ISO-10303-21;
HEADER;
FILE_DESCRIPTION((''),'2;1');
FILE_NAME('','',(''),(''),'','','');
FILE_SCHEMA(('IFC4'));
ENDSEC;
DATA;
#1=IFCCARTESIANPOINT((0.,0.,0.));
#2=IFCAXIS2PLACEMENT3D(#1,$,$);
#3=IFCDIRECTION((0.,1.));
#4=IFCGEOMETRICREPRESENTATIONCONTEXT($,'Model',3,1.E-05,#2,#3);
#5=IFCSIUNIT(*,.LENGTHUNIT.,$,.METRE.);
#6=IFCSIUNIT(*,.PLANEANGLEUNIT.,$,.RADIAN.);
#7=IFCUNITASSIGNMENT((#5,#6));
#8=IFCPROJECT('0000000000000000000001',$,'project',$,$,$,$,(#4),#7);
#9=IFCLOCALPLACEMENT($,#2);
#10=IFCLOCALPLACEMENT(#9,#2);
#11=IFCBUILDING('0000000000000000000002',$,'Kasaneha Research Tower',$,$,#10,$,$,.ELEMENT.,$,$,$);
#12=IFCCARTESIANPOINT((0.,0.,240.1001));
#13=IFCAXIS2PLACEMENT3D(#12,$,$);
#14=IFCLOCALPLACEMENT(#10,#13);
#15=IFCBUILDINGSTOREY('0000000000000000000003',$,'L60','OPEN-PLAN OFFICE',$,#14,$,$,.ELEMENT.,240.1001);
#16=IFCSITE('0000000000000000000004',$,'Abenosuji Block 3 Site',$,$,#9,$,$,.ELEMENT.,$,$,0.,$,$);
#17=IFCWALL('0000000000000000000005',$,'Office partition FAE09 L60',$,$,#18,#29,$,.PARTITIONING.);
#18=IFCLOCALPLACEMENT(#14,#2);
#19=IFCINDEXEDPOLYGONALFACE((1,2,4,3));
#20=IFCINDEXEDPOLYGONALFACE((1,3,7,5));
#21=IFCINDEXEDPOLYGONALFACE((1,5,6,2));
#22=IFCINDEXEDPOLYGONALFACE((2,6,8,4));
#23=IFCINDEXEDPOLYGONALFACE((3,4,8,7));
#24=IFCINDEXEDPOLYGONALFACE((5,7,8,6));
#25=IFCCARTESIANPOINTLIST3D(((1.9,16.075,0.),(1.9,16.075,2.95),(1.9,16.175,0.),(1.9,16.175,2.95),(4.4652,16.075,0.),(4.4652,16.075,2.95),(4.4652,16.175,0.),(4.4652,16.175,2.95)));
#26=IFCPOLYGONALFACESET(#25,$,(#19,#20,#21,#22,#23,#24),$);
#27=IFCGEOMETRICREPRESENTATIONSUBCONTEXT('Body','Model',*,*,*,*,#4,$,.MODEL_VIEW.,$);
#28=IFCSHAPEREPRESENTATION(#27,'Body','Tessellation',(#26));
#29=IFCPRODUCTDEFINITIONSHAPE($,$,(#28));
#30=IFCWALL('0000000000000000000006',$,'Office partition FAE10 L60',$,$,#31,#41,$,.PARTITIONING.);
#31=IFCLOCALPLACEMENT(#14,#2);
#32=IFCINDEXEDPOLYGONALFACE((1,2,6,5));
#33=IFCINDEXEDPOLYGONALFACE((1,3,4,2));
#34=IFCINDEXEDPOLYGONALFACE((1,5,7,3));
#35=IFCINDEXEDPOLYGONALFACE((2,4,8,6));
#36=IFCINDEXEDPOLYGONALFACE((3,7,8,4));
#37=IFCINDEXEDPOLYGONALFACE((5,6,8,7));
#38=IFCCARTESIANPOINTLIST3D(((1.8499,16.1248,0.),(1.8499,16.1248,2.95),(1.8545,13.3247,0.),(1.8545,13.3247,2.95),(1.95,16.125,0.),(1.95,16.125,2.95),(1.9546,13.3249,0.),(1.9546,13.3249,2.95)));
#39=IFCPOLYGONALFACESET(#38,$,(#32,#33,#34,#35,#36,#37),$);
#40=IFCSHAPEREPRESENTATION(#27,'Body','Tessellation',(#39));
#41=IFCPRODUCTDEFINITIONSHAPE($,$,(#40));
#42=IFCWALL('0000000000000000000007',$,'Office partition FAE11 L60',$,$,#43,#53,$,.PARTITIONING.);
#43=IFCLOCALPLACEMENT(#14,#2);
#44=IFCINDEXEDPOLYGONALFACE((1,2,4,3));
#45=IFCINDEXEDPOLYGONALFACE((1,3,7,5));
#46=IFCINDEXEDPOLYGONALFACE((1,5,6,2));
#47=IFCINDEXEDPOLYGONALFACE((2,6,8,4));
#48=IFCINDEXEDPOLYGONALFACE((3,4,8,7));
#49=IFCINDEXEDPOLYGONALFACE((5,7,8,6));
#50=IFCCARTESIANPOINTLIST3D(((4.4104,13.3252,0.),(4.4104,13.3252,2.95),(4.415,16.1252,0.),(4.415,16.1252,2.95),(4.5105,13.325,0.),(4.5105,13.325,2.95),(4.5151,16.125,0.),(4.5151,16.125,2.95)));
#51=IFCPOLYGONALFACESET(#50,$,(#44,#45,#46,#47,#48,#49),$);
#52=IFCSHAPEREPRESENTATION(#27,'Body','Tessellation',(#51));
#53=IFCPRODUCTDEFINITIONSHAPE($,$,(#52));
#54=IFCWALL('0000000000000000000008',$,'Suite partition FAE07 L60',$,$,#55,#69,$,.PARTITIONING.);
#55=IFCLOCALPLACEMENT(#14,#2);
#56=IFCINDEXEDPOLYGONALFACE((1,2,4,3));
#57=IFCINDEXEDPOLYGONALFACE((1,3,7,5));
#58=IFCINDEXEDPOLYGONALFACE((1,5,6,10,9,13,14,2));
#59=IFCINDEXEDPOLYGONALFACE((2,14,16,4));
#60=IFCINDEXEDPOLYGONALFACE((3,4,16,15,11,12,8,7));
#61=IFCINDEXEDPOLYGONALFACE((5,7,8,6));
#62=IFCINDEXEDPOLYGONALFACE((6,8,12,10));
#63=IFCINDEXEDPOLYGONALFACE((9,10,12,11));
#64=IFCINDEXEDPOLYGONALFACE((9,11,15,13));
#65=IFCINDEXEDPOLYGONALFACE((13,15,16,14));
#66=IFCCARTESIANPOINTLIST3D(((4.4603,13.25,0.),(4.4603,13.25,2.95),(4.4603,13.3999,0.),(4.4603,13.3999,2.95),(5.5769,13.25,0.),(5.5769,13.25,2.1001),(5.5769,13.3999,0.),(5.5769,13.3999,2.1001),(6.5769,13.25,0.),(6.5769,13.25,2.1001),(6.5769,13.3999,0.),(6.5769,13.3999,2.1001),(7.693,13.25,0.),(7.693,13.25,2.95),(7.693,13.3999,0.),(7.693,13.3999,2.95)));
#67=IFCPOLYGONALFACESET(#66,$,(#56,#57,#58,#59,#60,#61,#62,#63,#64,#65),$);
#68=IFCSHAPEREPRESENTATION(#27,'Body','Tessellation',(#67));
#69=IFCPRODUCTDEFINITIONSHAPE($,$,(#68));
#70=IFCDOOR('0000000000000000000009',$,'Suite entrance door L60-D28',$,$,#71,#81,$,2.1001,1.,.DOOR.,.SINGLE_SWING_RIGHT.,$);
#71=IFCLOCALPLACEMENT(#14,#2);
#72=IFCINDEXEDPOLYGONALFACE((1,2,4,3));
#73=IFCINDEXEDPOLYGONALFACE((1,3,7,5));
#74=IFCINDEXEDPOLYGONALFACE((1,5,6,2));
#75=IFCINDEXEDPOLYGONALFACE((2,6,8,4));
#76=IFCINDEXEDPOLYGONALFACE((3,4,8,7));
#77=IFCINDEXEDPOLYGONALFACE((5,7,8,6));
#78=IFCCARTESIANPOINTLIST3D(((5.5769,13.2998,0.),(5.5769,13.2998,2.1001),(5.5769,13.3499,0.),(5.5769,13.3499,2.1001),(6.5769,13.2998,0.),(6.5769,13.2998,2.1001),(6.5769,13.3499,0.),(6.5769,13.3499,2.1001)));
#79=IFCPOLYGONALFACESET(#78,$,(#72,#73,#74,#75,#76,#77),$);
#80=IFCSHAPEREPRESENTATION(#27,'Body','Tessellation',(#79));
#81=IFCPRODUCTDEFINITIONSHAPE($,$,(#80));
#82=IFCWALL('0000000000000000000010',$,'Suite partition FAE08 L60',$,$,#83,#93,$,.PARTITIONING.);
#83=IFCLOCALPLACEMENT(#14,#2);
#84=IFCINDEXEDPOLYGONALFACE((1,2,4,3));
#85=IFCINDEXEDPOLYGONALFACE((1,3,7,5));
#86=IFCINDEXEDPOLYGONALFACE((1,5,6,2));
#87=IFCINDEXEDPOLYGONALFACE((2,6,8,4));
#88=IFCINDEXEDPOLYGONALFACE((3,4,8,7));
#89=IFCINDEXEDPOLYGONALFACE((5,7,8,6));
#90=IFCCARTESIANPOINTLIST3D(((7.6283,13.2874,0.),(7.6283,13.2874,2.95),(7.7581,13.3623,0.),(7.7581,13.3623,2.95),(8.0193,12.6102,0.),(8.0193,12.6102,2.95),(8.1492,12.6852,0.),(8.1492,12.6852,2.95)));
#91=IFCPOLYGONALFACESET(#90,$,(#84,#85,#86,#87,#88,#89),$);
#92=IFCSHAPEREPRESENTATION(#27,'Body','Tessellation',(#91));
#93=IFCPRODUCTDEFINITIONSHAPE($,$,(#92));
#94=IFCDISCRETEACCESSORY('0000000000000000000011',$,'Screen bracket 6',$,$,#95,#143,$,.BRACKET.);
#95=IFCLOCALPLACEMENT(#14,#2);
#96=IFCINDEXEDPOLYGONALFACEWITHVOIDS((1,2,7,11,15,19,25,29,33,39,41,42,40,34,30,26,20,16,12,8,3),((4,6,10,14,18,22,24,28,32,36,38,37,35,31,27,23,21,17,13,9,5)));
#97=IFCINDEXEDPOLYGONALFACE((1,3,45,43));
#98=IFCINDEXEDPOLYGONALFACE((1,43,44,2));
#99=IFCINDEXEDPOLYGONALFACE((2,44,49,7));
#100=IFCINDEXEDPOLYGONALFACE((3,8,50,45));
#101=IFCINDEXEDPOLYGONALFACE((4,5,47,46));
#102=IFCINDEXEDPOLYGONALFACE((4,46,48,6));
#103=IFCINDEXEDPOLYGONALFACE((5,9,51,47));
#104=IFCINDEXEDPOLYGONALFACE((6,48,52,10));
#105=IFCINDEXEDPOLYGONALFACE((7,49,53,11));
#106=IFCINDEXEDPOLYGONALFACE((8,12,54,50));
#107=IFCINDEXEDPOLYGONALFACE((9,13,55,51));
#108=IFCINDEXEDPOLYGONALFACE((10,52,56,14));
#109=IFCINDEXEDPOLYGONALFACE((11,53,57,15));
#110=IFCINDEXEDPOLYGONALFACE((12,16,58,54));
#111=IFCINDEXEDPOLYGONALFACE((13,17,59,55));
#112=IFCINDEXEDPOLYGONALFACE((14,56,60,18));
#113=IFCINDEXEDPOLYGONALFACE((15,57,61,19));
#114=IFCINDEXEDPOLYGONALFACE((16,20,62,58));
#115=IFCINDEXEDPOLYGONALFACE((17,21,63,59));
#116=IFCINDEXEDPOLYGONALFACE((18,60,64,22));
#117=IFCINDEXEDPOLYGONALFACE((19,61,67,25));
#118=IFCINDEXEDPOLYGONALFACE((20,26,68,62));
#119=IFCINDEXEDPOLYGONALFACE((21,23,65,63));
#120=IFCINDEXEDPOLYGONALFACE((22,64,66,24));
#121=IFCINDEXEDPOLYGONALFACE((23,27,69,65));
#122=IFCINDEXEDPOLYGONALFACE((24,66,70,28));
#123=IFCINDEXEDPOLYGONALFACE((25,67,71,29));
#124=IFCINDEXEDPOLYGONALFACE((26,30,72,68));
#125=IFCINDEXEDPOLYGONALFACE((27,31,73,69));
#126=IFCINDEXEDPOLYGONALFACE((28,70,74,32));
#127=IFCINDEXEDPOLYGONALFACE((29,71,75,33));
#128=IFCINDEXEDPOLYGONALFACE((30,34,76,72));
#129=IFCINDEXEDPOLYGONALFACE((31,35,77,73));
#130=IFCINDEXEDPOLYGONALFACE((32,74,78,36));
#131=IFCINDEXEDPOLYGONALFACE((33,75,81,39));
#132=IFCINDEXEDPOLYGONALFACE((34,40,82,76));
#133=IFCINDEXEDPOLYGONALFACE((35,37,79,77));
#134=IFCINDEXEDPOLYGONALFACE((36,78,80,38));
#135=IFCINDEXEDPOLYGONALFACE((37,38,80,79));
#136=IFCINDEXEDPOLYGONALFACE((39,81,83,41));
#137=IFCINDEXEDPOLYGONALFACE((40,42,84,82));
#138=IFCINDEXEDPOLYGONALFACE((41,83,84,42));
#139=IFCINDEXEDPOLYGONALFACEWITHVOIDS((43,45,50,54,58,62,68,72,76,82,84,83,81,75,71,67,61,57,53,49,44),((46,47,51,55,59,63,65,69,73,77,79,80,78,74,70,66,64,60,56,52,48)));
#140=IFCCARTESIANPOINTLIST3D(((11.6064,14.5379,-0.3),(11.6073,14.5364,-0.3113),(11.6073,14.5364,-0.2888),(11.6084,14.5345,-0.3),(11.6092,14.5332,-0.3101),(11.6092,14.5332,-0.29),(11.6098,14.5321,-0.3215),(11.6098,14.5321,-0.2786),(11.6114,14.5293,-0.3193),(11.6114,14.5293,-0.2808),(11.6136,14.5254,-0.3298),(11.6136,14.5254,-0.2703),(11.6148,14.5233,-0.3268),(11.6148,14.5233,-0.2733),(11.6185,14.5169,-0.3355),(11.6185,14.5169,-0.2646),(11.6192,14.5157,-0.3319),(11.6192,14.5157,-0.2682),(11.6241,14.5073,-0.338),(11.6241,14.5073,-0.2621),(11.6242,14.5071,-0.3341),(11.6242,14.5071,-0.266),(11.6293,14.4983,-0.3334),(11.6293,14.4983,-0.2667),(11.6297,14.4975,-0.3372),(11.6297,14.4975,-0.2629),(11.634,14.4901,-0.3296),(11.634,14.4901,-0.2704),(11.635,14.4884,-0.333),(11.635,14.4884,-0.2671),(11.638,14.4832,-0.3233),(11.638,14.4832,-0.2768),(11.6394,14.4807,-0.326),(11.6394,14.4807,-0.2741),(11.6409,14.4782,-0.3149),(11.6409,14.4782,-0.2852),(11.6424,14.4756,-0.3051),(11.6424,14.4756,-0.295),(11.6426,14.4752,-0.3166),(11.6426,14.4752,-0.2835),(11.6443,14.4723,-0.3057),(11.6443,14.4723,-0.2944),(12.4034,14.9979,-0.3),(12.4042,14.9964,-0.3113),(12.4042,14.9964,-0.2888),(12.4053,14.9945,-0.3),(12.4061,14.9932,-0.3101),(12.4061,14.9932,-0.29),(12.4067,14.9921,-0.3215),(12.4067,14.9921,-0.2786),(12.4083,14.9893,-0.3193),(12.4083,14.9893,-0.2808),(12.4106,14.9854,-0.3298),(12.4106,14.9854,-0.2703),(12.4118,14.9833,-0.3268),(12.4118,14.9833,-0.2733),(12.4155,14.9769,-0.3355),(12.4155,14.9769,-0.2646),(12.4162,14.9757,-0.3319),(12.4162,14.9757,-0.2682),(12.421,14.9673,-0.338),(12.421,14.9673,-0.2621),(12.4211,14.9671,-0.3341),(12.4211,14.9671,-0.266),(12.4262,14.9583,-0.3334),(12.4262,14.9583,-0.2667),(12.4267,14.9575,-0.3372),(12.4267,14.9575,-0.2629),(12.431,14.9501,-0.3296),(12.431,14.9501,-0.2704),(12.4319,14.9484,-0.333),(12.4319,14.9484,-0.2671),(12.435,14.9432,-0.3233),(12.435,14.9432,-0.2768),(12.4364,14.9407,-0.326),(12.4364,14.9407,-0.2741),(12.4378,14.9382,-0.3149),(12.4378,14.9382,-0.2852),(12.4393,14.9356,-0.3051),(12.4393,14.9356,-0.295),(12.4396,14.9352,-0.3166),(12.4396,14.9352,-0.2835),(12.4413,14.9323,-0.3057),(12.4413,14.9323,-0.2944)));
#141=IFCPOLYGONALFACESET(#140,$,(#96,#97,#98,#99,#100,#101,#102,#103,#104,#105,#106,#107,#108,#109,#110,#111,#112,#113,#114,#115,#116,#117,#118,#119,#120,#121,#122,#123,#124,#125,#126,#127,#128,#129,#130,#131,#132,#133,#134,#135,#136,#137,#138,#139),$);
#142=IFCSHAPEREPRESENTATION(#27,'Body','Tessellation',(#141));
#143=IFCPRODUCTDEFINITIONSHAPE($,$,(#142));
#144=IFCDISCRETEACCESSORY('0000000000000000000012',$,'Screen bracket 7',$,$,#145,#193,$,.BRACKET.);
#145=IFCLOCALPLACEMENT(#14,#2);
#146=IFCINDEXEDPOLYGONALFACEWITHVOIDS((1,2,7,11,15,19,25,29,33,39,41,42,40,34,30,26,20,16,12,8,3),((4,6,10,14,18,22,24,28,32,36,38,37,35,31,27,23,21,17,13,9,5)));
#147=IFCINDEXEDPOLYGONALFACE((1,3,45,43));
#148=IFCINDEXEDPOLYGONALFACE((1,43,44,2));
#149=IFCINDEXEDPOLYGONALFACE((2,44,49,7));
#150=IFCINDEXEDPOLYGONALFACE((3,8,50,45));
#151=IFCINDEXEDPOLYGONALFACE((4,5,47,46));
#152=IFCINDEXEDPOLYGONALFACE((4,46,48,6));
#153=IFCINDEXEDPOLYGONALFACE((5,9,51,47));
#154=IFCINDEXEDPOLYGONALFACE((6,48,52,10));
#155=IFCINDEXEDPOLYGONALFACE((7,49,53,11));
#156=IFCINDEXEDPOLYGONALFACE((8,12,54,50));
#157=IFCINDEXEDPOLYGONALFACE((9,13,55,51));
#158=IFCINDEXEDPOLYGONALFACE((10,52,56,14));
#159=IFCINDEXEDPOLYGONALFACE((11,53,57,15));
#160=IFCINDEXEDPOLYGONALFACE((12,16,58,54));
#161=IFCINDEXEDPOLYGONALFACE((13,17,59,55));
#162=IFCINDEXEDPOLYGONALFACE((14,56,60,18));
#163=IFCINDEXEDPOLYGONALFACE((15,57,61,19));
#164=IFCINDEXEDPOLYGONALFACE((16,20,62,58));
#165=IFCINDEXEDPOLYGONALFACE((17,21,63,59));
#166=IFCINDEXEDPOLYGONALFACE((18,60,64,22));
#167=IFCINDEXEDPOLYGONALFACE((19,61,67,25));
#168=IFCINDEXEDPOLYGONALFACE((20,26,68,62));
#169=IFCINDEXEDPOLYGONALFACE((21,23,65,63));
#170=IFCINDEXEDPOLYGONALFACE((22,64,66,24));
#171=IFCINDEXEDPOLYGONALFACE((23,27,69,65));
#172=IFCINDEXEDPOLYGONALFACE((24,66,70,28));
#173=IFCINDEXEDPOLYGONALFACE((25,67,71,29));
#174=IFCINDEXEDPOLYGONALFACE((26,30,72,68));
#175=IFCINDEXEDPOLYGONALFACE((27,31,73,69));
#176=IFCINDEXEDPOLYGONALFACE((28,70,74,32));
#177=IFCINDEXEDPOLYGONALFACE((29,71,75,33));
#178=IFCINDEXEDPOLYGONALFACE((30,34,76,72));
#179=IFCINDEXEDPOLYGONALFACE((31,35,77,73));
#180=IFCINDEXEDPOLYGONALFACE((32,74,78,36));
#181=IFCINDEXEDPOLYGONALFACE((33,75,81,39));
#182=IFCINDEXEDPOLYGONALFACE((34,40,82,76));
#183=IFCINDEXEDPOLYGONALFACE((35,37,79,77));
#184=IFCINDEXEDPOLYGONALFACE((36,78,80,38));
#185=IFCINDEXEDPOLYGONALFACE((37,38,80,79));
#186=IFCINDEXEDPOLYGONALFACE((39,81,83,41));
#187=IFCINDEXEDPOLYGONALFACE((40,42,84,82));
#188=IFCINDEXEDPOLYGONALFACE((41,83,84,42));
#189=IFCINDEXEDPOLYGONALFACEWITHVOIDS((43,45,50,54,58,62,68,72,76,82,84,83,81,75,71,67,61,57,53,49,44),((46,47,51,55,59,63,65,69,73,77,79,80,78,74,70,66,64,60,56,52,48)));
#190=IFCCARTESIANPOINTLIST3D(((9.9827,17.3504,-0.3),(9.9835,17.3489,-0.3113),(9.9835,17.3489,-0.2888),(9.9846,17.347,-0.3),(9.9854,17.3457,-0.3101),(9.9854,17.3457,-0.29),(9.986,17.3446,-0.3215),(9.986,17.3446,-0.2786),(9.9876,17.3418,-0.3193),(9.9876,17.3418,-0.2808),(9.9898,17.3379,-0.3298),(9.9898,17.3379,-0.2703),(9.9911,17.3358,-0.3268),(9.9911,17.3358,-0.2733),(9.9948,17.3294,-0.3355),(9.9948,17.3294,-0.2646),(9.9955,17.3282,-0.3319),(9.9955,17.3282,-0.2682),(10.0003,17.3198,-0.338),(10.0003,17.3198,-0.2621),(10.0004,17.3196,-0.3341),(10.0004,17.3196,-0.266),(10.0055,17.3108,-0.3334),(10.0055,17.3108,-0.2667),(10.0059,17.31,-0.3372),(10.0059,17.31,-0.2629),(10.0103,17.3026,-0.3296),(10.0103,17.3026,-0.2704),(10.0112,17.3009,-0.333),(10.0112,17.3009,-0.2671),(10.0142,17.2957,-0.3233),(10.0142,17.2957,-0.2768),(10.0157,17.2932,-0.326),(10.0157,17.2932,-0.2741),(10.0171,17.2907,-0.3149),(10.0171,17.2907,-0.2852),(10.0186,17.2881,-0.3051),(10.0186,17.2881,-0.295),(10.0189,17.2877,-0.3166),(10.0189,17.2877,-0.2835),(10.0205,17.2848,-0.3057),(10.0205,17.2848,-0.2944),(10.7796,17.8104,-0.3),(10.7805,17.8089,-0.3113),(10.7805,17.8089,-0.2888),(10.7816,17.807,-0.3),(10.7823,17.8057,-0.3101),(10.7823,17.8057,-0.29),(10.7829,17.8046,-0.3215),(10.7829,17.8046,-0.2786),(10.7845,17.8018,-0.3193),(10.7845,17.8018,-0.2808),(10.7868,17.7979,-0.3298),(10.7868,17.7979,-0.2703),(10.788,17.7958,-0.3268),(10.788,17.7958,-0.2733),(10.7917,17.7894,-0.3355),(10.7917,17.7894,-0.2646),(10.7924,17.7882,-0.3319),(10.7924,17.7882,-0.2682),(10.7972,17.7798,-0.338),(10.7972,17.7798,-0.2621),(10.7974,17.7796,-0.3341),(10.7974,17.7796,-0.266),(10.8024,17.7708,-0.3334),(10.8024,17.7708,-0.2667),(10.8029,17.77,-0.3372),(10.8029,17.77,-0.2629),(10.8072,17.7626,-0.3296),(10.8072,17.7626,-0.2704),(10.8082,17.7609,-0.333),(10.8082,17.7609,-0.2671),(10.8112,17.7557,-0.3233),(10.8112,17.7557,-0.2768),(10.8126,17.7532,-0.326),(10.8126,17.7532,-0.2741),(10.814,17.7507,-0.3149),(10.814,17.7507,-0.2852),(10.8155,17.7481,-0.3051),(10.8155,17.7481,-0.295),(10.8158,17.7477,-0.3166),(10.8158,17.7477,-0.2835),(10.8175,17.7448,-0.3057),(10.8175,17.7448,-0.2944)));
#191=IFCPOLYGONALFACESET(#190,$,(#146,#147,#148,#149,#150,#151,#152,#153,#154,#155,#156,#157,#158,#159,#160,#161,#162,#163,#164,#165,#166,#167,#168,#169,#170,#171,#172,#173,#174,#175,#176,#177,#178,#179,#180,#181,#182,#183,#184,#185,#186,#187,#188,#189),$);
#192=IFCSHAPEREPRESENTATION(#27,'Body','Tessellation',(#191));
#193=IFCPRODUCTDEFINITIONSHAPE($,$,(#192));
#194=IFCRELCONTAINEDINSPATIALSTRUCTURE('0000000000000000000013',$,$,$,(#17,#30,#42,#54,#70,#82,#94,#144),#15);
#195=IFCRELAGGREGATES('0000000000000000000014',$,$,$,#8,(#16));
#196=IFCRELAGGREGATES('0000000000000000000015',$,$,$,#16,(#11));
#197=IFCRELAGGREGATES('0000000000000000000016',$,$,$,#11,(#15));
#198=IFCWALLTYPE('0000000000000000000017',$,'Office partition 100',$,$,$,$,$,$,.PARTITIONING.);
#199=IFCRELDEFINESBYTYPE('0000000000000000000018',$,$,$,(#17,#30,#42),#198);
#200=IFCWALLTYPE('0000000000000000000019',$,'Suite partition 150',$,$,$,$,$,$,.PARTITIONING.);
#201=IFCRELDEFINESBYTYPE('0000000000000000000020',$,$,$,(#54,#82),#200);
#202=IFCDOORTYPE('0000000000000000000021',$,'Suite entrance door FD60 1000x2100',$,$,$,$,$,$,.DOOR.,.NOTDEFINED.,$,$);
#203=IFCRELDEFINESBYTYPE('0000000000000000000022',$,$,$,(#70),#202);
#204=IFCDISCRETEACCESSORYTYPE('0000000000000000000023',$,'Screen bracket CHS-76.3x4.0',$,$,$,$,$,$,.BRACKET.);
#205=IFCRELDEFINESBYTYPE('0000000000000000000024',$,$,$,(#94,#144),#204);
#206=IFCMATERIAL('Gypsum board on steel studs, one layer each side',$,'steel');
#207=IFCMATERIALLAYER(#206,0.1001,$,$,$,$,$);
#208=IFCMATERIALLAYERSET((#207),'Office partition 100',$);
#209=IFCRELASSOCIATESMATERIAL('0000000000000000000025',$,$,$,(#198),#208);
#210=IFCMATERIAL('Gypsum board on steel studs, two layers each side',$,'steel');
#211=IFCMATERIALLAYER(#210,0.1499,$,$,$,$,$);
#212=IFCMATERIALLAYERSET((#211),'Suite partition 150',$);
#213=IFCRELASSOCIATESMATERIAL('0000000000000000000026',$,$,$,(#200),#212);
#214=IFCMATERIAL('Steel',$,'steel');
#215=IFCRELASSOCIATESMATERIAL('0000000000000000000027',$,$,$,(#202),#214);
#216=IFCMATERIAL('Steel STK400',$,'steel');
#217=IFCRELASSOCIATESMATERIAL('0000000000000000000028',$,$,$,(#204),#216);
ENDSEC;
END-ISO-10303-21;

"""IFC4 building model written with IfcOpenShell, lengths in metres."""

from ifc_helpers import new_model, si_unit, direction, frame, frame_2d, origin, origin_2d, place, context, subcontext, project, spatial, rectangle, hollow_circle, extrude, material, layer, layer_set, material_profile, profile_set, type_object, element, fill, save


model = new_model("IFC4")

# Units and contexts
model_context = context("Model", 3, precision=1e-05, world=origin(), true_north=direction((0.0, 1.0)))
body_context = subcontext(model_context, "Body", "Model", "MODEL_VIEW")
ifc_project = project(units=[si_unit("LENGTHUNIT", "METRE"), si_unit("PLANEANGLEUNIT", "RADIAN")], contexts=[model_context])

# Site, building, storey
site_placement = place(None, origin())
site = spatial("IfcSite", under=ifc_project, at=site_placement, Name="Abenosuji Block 3 Site", CompositionType="ELEMENT", RefElevation=0.0)
building_placement = place(site_placement, origin())
building = spatial("IfcBuilding", under=site, at=building_placement, Name="Kasaneha Research Tower", CompositionType="ELEMENT")
storey_placement = place(building_placement, frame((0.0, 0.0, 240.1001)))
storey = spatial("IfcBuildingStorey", under=building, at=storey_placement, Name="L60", Description="OPEN-PLAN OFFICE", CompositionType="ELEMENT", Elevation=240.1001)

# Walls
ifc_material_1 = material(Name="Gypsum board on steel studs, one layer each side", Category="steel")
ifc_layer_1 = layer(ifc_material_1, 0.1001)
ifc_layer_set_1 = layer_set([ifc_layer_1], Name="Office partition 100")
wall_type_1 = type_object("IfcWallType", Name="Office partition 100", PredefinedType="PARTITIONING", material=ifc_layer_set_1)
wall_1_placement = place(storey_placement, frame((1.8999, 16.125, 0.0), z_axis=(0.0, 0.0, 1.0), x_axis=(1.0, 0.0, 0.0)))
element("IfcWall", 1, at=wall_1_placement, inside=storey, type_object=wall_type_1, Name="Office partition FAE09 L60", PredefinedType="PARTITIONING", context=body_context, shape_type="SweptSolid", body=[
    extrude(rectangle(XDim=2.5652, YDim=0.1001, at=frame_2d((1.2827, 0.0))), origin(), (0.0, 0.0, 1.0), 2.95),
])
for number, where, z_axis, x_axis, name in (
    (2, (1.9045, 13.325, 0.0), (0.0, 0.0, 1.0), (-0.001657, 0.999999, 0.0), "Office partition FAE10 L60"),
    (3, (4.4651, 16.125, 0.0), (0.0, 0.0, 1.0), (-0.001657, -0.999999, 0.0), "Office partition FAE11 L60"),
):
    element("IfcWall", number, at=place(storey_placement, frame(where, z_axis=z_axis, x_axis=x_axis)), inside=storey, type_object=wall_type_1, Name=name, PredefinedType="PARTITIONING", context=body_context, shape_type="SweptSolid", body=[
        extrude(rectangle(XDim=2.8, YDim=0.1001, at=frame_2d((1.3999, 0.0))), origin(), (0.0, 0.0, 1.0), 2.95),
    ])

# Wall, opening, door
ifc_material_2 = material(Name="Gypsum board on steel studs, two layers each side", Category="steel")
ifc_layer_2 = layer(ifc_material_2, 0.1499)
ifc_layer_set_2 = layer_set([ifc_layer_2], Name="Suite partition 150")
wall_type_2 = type_object("IfcWallType", Name="Suite partition 150", PredefinedType="PARTITIONING", material=ifc_layer_set_2)
wall_2_placement = place(storey_placement, frame((4.4604, 13.325, 0.0), z_axis=(0.0, 0.0, 1.0), x_axis=(1.0, 0.0, 0.0)))
wall_2 = element("IfcWall", 4, at=wall_2_placement, inside=storey, type_object=wall_type_2, Name="Suite partition FAE07 L60", PredefinedType="PARTITIONING", context=body_context, shape_type="SweptSolid", body=[
    extrude(rectangle(XDim=3.2327, YDim=0.1499, at=frame_2d((1.6162, 0.0))), origin(), (0.0, 0.0, 1.0), 2.95),
])
opening_placement = place(wall_2_placement, frame((1.1165, 0.0, 0.0)))
opening = element("IfcOpeningElement", 5, at=opening_placement, cuts=wall_2, PredefinedType="OPENING", context=body_context, shape_type="SweptSolid", body=[
    extrude(rectangle(XDim=1.0, YDim=2.1001, at=frame_2d((0.5, 1.05))), frame((0.0, 0.085, 0.0), z_axis=(0.0, -1.0, 0.0), x_axis=(1.0, 0.0, 0.0)), (0.0, 0.0, 1.0), 0.1699),
])
ifc_material_3 = material(Name="Steel", Category="steel")
door_type = type_object("IfcDoorType", Name="Suite entrance door FD60 1000x2100", OperationType="NOTDEFINED", PredefinedType="DOOR", material=ifc_material_3)
door_placement = place(opening_placement, origin())
door = element("IfcDoor", 6, at=door_placement, inside=storey, type_object=door_type, Name="Suite entrance door L60-D28", OperationType="SINGLE_SWING_RIGHT", OverallHeight=2.1001, OverallWidth=1.0, PredefinedType="DOOR", context=body_context, shape_type="SweptSolid", body=[
    extrude(rectangle(XDim=1.0, YDim=2.1001, at=frame_2d((0.5, 1.05))), frame((0.0, 0.0249, 0.0), z_axis=(0.0, -1.0, 0.0), x_axis=(1.0, 0.0, 0.0)), (0.0, 0.0, 1.0), 0.05),
])
fill(opening, door)

# Wall
wall_3_placement = place(storey_placement, frame((7.6931, 13.325, 0.0), z_axis=(0.0, 0.0, 1.0), x_axis=(0.500101, -0.865967, 0.0)))
element("IfcWall", 7, at=wall_3_placement, inside=storey, type_object=wall_type_2, Name="Suite partition FAE08 L60", PredefinedType="PARTITIONING", context=body_context, shape_type="SweptSolid", body=[
    extrude(rectangle(XDim=0.782, YDim=0.1499, at=frame_2d((0.3911, 0.0))), origin(), (0.0, 0.0, 1.0), 2.95),
])

# Discrete accessories
ifc_material_4 = material(Name="Steel STK400", Category="steel")
ifc_material_profile_1 = material_profile(ifc_material_4, hollow_circle(Radius=0.0381, WallThickness=0.0039, at=origin_2d()), Name="CHS-76.3x4.0")
ifc_profile_set_1 = profile_set([ifc_material_profile_1], Name="Steel STK400")
discrete_accessory_type = type_object("IfcDiscreteAccessoryType", Name="Screen bracket CHS-76.3x4.0", PredefinedType="BRACKET", material=ifc_profile_set_1)
for number, where, z_axis, x_axis, name in (
    (8, (11.6255, 14.5049, -0.3), (0.86608, 0.499906, 0.0), (-0.499906, 0.86608, 0.0), "Screen bracket 6"),
    (9, (10.0017, 17.3174, -0.3), (0.86608, 0.499906, 0.0), (-0.499906, 0.86608, 0.0), "Screen bracket 7"),
):
    element("IfcDiscreteAccessory", number, at=place(storey_placement, frame(where, z_axis=z_axis, x_axis=x_axis)), inside=storey, type_object=discrete_accessory_type, Name=name, PredefinedType="BRACKET", context=body_context, shape_type="SweptSolid", body=[
        extrude(hollow_circle(Radius=0.0381, WallThickness=0.0039, at=origin_2d()), origin(), (0.0, 0.0, 1.0), 0.9202),
    ])

save(model, "model.ifc")
